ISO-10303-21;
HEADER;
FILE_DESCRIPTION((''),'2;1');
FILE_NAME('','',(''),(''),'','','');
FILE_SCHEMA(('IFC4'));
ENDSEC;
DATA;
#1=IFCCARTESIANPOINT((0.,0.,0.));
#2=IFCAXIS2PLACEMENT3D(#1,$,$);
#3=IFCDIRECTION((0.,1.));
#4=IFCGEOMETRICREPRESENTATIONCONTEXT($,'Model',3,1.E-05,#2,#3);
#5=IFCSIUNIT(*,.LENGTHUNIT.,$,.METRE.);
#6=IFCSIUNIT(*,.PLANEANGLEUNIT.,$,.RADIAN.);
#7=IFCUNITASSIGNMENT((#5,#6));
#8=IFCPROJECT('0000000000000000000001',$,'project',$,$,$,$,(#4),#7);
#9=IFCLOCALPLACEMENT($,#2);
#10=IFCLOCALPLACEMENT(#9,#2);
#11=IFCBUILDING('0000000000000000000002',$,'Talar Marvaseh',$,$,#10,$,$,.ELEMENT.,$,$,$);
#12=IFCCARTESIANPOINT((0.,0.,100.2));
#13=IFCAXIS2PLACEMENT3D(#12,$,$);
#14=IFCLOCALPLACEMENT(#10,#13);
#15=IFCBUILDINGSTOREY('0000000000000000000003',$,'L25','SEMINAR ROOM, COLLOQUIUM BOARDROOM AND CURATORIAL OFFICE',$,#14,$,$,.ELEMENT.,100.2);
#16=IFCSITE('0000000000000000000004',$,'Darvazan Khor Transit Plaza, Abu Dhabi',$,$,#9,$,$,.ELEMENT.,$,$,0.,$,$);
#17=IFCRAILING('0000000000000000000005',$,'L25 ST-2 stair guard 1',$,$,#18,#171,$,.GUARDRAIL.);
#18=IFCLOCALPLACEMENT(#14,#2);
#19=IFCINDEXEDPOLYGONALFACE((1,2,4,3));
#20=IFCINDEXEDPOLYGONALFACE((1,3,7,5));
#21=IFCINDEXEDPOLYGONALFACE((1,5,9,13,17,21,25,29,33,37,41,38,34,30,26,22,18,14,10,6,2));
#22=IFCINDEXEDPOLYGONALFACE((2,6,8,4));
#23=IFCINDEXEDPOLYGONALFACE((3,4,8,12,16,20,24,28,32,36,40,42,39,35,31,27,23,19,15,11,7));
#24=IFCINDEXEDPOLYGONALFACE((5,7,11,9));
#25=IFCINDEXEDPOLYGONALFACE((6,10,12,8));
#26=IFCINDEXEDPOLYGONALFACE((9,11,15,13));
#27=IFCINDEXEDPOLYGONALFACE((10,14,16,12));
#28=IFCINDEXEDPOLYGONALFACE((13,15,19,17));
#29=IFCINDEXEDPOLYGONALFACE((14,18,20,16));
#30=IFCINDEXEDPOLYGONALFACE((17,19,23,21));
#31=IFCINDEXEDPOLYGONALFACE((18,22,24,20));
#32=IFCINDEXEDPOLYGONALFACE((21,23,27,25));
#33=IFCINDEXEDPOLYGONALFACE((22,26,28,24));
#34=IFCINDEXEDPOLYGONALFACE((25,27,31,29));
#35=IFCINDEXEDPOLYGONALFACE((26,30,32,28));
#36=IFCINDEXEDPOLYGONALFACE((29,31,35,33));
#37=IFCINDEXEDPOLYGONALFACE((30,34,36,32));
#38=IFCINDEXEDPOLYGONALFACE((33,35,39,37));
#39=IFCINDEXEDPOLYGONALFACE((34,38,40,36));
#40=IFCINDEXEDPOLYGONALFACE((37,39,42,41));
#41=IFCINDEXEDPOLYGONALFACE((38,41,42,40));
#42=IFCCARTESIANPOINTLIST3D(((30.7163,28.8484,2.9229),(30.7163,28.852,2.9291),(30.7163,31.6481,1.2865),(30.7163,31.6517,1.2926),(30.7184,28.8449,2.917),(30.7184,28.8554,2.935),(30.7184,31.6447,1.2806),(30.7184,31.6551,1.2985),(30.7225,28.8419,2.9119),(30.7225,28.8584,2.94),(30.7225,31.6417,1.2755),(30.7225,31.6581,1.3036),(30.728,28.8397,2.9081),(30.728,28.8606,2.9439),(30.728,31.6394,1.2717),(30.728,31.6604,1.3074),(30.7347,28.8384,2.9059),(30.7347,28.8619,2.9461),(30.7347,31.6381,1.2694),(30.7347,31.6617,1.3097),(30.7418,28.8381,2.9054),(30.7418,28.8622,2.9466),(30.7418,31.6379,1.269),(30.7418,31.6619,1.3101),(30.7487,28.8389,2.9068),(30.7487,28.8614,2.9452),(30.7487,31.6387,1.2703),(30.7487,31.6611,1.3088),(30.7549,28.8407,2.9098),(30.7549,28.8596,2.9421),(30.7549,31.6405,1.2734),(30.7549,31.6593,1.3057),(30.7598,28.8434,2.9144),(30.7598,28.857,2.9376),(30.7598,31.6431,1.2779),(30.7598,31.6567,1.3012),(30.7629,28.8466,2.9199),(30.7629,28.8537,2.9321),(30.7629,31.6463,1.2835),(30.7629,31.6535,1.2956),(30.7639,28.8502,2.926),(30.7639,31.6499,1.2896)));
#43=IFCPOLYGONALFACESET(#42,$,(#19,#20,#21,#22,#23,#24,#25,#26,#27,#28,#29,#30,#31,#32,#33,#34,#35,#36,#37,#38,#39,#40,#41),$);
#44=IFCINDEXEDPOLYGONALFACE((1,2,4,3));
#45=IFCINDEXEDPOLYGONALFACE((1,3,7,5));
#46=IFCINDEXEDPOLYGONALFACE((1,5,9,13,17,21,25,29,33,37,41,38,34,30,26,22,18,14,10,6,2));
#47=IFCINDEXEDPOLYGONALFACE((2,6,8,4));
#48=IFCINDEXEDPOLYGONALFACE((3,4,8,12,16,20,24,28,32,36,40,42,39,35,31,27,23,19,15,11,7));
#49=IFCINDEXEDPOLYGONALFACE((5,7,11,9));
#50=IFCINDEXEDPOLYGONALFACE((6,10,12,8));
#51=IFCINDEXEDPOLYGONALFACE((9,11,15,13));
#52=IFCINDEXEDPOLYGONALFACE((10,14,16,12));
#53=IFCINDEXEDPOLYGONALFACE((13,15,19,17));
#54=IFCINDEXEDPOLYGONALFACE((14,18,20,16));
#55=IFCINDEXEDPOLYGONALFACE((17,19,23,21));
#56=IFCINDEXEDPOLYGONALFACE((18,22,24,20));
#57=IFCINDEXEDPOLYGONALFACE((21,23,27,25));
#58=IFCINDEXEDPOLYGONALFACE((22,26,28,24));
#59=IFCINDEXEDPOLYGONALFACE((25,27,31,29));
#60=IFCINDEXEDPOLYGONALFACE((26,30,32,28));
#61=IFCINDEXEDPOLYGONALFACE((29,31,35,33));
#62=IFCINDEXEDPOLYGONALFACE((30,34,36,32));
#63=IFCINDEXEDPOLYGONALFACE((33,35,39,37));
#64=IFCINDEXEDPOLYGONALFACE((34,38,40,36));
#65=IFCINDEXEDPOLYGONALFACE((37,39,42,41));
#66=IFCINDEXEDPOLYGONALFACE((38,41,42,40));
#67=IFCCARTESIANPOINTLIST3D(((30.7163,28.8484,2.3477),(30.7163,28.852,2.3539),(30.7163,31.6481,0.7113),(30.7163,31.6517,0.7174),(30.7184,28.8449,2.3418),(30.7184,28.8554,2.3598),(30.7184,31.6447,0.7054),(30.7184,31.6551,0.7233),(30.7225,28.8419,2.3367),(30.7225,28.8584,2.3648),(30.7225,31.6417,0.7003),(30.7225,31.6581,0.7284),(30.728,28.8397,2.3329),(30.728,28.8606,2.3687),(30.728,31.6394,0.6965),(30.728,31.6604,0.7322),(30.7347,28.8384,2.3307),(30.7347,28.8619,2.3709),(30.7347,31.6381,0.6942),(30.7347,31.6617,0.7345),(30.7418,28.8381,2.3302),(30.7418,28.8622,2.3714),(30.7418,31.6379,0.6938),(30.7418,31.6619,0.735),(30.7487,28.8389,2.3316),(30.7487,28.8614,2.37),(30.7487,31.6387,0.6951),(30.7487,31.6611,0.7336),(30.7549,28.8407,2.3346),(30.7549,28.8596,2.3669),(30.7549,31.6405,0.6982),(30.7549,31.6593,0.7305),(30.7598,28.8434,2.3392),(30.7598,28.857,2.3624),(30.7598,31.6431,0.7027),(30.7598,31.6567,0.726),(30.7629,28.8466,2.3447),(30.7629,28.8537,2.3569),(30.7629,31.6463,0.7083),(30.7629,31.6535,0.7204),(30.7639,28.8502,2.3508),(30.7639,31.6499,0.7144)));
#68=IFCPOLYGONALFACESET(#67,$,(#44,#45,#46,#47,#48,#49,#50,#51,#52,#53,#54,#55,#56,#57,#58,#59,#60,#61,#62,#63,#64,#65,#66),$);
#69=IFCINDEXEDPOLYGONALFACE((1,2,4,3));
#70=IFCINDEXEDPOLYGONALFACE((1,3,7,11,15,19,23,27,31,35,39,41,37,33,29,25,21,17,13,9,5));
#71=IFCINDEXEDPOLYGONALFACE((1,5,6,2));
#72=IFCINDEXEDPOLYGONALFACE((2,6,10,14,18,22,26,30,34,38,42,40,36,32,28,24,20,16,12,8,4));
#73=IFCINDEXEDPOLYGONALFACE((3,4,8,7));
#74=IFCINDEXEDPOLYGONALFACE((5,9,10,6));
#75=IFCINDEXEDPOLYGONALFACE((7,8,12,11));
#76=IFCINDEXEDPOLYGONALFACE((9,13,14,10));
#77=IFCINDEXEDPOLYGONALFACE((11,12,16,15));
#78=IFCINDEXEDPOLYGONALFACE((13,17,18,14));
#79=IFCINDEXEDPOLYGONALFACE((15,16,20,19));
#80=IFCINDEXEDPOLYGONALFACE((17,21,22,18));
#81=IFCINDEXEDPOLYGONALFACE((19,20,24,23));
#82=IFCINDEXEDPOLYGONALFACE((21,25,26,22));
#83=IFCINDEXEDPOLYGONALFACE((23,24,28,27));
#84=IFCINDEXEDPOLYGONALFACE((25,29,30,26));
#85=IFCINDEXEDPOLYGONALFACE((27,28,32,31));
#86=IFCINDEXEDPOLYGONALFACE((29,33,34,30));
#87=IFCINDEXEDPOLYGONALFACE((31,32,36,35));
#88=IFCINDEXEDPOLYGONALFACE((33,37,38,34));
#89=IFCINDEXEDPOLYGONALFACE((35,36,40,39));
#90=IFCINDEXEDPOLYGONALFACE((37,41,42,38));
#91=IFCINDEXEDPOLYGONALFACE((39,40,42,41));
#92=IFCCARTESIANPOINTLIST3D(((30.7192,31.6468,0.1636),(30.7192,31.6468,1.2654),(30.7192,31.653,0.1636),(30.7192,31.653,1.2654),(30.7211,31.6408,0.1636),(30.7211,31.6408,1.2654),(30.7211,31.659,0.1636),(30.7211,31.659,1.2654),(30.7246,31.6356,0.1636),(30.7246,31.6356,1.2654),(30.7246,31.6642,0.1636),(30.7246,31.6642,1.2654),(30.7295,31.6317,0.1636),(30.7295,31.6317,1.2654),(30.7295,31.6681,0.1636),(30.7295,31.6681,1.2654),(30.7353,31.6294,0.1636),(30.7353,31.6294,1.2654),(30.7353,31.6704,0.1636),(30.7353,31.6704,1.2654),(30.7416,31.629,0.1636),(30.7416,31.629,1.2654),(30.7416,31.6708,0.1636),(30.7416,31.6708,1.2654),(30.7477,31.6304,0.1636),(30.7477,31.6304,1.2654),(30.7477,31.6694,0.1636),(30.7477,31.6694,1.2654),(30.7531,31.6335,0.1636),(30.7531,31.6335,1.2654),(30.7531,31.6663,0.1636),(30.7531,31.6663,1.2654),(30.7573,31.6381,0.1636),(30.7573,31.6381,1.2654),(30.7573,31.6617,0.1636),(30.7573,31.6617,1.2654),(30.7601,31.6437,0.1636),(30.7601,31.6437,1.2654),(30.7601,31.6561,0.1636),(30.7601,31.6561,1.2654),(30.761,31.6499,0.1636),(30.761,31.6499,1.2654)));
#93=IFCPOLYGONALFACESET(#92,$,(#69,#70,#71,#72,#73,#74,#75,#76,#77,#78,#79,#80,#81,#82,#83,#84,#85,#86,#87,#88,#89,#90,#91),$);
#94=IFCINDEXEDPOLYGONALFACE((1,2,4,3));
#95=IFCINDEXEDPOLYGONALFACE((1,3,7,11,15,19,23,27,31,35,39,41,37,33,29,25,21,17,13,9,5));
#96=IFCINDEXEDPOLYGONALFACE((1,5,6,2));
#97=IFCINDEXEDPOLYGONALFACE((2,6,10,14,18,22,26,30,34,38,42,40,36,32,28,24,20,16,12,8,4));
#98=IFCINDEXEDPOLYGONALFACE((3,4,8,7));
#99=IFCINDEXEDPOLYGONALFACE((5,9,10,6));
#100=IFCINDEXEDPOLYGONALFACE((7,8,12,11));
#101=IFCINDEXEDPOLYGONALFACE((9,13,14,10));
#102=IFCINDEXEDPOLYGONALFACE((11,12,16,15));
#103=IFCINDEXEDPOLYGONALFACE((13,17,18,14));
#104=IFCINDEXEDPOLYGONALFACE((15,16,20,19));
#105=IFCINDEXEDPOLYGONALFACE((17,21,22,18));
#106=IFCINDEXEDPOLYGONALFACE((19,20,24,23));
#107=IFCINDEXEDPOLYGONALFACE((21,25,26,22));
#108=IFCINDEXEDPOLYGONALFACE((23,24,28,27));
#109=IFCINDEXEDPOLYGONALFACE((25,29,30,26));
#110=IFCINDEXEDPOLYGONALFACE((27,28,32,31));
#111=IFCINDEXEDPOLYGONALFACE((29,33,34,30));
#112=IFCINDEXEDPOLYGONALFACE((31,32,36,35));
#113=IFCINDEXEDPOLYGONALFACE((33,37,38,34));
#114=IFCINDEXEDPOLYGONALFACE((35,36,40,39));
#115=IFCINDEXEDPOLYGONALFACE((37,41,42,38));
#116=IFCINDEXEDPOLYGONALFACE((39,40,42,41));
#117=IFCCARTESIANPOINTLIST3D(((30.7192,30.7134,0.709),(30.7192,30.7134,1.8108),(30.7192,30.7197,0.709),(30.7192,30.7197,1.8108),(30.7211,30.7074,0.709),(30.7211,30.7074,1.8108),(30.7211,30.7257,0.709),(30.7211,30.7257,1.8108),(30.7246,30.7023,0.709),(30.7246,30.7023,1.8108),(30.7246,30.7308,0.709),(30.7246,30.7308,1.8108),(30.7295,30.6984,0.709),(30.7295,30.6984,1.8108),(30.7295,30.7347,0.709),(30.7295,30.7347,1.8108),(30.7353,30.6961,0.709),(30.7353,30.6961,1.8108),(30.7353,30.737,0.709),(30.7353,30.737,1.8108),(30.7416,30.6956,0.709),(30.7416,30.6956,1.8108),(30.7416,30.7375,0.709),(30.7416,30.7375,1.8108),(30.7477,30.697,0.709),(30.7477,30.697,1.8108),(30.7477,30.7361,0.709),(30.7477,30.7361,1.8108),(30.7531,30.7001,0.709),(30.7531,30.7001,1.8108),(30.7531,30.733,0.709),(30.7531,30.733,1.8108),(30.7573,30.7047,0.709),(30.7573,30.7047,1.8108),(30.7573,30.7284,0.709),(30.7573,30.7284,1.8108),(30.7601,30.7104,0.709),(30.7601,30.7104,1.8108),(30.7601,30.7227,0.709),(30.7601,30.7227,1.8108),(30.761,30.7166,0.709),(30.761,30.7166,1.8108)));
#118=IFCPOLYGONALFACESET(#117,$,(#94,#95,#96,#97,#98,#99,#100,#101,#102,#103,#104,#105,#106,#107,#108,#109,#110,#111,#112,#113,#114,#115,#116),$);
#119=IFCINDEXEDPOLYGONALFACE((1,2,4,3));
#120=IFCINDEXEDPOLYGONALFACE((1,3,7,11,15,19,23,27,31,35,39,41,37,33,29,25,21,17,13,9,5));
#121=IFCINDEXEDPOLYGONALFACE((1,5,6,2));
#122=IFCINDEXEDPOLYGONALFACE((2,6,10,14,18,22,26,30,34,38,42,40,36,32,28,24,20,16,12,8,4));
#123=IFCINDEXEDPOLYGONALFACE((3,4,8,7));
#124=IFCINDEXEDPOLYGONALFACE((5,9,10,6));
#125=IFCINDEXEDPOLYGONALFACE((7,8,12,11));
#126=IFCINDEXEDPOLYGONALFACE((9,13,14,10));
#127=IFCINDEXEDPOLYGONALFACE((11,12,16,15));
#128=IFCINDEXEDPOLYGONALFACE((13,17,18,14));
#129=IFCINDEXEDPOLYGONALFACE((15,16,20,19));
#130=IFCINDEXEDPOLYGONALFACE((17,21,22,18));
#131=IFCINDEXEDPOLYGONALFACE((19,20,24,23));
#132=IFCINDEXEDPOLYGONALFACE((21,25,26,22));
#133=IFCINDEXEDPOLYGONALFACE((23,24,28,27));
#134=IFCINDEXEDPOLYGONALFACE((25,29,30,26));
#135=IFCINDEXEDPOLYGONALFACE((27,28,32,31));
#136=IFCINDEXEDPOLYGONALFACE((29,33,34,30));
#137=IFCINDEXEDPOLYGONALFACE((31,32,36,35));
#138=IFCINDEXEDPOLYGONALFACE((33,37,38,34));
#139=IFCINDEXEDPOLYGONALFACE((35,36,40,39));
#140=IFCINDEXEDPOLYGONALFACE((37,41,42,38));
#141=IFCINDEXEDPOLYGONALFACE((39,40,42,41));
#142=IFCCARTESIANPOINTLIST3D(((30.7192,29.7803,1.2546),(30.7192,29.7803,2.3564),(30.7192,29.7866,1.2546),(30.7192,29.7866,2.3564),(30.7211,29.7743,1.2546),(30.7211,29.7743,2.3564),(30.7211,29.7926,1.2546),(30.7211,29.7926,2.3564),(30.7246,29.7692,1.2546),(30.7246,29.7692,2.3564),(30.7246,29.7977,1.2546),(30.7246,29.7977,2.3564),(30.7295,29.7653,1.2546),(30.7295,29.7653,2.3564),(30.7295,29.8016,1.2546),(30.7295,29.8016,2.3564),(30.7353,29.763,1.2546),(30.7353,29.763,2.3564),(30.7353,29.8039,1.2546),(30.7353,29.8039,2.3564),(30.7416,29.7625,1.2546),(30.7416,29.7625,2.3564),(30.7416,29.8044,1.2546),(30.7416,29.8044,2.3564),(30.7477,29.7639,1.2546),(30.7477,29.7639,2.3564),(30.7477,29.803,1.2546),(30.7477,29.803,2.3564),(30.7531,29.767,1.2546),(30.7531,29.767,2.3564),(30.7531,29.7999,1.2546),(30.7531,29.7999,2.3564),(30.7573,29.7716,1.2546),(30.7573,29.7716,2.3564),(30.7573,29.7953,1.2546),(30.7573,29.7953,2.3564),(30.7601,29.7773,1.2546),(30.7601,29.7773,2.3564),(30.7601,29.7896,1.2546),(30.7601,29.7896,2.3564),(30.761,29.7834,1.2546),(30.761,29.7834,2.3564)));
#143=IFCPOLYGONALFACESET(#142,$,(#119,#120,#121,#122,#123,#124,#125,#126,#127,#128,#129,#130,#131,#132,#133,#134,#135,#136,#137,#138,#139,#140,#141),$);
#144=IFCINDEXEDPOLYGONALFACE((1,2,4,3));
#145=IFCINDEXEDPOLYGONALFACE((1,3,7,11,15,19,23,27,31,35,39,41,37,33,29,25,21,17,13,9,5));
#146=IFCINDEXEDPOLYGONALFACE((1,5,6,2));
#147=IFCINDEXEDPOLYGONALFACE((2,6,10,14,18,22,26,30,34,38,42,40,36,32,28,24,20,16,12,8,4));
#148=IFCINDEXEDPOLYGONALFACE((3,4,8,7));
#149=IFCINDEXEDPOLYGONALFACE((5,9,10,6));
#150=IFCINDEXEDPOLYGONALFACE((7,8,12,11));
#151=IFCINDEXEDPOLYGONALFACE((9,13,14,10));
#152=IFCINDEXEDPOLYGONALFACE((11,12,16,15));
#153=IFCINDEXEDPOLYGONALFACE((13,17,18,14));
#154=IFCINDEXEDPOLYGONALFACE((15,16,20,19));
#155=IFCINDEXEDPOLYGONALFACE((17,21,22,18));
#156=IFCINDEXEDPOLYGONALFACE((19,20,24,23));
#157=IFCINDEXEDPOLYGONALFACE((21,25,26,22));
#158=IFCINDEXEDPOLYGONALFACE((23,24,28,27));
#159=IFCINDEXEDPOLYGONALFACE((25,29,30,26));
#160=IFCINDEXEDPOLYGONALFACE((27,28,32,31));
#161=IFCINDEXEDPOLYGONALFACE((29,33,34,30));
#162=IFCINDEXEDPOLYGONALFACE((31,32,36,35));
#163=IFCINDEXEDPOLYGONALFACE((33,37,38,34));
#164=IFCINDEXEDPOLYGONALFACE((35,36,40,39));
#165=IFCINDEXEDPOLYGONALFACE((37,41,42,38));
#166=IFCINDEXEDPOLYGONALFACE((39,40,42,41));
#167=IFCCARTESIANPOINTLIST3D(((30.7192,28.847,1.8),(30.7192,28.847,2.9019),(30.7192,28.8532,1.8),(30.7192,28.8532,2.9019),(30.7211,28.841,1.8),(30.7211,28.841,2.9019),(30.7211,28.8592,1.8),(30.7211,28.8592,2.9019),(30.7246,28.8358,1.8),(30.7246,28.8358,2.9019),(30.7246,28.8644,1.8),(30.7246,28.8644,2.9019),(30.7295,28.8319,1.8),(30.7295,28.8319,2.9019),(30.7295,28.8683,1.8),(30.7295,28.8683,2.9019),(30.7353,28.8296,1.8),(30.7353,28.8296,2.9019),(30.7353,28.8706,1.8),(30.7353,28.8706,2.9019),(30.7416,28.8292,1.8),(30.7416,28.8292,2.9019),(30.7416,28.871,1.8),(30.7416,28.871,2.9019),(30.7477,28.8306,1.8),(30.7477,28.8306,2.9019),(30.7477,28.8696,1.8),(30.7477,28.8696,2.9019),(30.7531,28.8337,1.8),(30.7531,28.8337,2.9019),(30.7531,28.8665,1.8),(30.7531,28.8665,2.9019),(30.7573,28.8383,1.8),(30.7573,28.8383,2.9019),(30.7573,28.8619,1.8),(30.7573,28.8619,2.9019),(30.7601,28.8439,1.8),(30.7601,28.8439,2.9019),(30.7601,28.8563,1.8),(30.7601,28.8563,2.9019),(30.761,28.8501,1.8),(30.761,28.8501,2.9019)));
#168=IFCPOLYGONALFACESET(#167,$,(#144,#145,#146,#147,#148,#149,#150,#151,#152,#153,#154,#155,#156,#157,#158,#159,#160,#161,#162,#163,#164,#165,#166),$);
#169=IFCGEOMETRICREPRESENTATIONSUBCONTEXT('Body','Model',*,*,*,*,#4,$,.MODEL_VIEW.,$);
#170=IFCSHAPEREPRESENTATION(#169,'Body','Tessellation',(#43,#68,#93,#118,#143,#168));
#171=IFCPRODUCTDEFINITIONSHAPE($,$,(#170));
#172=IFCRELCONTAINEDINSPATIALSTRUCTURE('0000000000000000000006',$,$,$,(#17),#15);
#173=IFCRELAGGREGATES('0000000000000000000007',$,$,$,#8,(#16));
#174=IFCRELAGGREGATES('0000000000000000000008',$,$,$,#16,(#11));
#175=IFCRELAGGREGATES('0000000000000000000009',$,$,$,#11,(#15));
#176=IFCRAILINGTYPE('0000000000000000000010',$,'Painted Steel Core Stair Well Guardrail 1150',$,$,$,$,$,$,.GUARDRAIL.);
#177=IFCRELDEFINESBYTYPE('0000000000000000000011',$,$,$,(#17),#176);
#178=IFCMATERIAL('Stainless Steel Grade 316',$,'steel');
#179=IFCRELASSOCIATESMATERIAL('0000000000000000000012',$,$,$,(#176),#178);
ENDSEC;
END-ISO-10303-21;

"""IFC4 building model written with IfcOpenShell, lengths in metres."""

from ifc_helpers import new_model, si_unit, direction, frame, origin, origin_2d, place, context, subcontext, project, spatial, circle, extrude, material, type_object, element, save


model = new_model("IFC4")

# Units and contexts
model_context = context("Model", 3, precision=1e-05, world=origin(), true_north=direction((0.0, 1.0)))
body_context = subcontext(model_context, "Body", "Model", "MODEL_VIEW")
ifc_project = project(units=[si_unit("LENGTHUNIT", "METRE"), si_unit("PLANEANGLEUNIT", "RADIAN")], contexts=[model_context])

# Site, building, storey
site_placement = place(None, origin())
site = spatial("IfcSite", under=ifc_project, at=site_placement, Name="Darvazan Khor Transit Plaza, Abu Dhabi", CompositionType="ELEMENT", RefElevation=0.0)
building_placement = place(site_placement, origin())
building = spatial("IfcBuilding", under=site, at=building_placement, Name="Talar Marvaseh", CompositionType="ELEMENT")
storey_placement = place(building_placement, frame((0.0, 0.0, 100.2)))
storey = spatial("IfcBuildingStorey", under=building, at=storey_placement, Name="L25", Description="SEMINAR ROOM, COLLOQUIUM BOARDROOM AND CURATORIAL OFFICE", CompositionType="ELEMENT", Elevation=100.2)

# Shared definitions
ifc_material_1 = material(Name="Stainless Steel Grade 316", Category="steel")

# Railing
railing_type_1 = type_object("IfcRailingType", Name="Painted Steel Core Stair Well Guardrail 1150", PredefinedType="GUARDRAIL", material=ifc_material_1)
railing_1_placement = place(storey_placement, frame((30.74, 31.6499, 0.1636)))
element("IfcRailing", 1, at=railing_1_placement, inside=storey, type_object=railing_type_1, Name="L25 ST-2 stair guard 1", PredefinedType="GUARDRAIL", context=body_context, shape_type="SweptSolid", body=[
    extrude(circle(Radius=0.0239, at=origin_2d()), frame((0.0, 0.0, 1.126), z_axis=(0.0, -0.863342, 0.50462), x_axis=(1.0, 0.0, 0.0)), (0.0, 0.0, 1.0), 3.2429),
    extrude(circle(Radius=0.0239, at=origin_2d()), frame((0.0, 0.0, 0.5508), z_axis=(0.0, -0.863342, 0.50462), x_axis=(1.0, 0.0, 0.0)), (0.0, 0.0, 1.0), 3.2429),
    extrude(circle(Radius=0.021, at=origin_2d()), origin(), (0.0, 0.0, 1.0), 1.1018),
    extrude(circle(Radius=0.021, at=origin_2d()), frame((0.0, -0.9333, 0.5454)), (0.0, 0.0, 1.0), 1.1018),
    extrude(circle(Radius=0.021, at=origin_2d()), frame((0.0, -1.8665, 1.0911)), (0.0, 0.0, 1.0), 1.1018),
    extrude(circle(Radius=0.021, at=origin_2d()), frame((0.0, -2.7998, 1.6365)), (0.0, 0.0, 1.0), 1.1018),
])

save(model, "model.ifc")
